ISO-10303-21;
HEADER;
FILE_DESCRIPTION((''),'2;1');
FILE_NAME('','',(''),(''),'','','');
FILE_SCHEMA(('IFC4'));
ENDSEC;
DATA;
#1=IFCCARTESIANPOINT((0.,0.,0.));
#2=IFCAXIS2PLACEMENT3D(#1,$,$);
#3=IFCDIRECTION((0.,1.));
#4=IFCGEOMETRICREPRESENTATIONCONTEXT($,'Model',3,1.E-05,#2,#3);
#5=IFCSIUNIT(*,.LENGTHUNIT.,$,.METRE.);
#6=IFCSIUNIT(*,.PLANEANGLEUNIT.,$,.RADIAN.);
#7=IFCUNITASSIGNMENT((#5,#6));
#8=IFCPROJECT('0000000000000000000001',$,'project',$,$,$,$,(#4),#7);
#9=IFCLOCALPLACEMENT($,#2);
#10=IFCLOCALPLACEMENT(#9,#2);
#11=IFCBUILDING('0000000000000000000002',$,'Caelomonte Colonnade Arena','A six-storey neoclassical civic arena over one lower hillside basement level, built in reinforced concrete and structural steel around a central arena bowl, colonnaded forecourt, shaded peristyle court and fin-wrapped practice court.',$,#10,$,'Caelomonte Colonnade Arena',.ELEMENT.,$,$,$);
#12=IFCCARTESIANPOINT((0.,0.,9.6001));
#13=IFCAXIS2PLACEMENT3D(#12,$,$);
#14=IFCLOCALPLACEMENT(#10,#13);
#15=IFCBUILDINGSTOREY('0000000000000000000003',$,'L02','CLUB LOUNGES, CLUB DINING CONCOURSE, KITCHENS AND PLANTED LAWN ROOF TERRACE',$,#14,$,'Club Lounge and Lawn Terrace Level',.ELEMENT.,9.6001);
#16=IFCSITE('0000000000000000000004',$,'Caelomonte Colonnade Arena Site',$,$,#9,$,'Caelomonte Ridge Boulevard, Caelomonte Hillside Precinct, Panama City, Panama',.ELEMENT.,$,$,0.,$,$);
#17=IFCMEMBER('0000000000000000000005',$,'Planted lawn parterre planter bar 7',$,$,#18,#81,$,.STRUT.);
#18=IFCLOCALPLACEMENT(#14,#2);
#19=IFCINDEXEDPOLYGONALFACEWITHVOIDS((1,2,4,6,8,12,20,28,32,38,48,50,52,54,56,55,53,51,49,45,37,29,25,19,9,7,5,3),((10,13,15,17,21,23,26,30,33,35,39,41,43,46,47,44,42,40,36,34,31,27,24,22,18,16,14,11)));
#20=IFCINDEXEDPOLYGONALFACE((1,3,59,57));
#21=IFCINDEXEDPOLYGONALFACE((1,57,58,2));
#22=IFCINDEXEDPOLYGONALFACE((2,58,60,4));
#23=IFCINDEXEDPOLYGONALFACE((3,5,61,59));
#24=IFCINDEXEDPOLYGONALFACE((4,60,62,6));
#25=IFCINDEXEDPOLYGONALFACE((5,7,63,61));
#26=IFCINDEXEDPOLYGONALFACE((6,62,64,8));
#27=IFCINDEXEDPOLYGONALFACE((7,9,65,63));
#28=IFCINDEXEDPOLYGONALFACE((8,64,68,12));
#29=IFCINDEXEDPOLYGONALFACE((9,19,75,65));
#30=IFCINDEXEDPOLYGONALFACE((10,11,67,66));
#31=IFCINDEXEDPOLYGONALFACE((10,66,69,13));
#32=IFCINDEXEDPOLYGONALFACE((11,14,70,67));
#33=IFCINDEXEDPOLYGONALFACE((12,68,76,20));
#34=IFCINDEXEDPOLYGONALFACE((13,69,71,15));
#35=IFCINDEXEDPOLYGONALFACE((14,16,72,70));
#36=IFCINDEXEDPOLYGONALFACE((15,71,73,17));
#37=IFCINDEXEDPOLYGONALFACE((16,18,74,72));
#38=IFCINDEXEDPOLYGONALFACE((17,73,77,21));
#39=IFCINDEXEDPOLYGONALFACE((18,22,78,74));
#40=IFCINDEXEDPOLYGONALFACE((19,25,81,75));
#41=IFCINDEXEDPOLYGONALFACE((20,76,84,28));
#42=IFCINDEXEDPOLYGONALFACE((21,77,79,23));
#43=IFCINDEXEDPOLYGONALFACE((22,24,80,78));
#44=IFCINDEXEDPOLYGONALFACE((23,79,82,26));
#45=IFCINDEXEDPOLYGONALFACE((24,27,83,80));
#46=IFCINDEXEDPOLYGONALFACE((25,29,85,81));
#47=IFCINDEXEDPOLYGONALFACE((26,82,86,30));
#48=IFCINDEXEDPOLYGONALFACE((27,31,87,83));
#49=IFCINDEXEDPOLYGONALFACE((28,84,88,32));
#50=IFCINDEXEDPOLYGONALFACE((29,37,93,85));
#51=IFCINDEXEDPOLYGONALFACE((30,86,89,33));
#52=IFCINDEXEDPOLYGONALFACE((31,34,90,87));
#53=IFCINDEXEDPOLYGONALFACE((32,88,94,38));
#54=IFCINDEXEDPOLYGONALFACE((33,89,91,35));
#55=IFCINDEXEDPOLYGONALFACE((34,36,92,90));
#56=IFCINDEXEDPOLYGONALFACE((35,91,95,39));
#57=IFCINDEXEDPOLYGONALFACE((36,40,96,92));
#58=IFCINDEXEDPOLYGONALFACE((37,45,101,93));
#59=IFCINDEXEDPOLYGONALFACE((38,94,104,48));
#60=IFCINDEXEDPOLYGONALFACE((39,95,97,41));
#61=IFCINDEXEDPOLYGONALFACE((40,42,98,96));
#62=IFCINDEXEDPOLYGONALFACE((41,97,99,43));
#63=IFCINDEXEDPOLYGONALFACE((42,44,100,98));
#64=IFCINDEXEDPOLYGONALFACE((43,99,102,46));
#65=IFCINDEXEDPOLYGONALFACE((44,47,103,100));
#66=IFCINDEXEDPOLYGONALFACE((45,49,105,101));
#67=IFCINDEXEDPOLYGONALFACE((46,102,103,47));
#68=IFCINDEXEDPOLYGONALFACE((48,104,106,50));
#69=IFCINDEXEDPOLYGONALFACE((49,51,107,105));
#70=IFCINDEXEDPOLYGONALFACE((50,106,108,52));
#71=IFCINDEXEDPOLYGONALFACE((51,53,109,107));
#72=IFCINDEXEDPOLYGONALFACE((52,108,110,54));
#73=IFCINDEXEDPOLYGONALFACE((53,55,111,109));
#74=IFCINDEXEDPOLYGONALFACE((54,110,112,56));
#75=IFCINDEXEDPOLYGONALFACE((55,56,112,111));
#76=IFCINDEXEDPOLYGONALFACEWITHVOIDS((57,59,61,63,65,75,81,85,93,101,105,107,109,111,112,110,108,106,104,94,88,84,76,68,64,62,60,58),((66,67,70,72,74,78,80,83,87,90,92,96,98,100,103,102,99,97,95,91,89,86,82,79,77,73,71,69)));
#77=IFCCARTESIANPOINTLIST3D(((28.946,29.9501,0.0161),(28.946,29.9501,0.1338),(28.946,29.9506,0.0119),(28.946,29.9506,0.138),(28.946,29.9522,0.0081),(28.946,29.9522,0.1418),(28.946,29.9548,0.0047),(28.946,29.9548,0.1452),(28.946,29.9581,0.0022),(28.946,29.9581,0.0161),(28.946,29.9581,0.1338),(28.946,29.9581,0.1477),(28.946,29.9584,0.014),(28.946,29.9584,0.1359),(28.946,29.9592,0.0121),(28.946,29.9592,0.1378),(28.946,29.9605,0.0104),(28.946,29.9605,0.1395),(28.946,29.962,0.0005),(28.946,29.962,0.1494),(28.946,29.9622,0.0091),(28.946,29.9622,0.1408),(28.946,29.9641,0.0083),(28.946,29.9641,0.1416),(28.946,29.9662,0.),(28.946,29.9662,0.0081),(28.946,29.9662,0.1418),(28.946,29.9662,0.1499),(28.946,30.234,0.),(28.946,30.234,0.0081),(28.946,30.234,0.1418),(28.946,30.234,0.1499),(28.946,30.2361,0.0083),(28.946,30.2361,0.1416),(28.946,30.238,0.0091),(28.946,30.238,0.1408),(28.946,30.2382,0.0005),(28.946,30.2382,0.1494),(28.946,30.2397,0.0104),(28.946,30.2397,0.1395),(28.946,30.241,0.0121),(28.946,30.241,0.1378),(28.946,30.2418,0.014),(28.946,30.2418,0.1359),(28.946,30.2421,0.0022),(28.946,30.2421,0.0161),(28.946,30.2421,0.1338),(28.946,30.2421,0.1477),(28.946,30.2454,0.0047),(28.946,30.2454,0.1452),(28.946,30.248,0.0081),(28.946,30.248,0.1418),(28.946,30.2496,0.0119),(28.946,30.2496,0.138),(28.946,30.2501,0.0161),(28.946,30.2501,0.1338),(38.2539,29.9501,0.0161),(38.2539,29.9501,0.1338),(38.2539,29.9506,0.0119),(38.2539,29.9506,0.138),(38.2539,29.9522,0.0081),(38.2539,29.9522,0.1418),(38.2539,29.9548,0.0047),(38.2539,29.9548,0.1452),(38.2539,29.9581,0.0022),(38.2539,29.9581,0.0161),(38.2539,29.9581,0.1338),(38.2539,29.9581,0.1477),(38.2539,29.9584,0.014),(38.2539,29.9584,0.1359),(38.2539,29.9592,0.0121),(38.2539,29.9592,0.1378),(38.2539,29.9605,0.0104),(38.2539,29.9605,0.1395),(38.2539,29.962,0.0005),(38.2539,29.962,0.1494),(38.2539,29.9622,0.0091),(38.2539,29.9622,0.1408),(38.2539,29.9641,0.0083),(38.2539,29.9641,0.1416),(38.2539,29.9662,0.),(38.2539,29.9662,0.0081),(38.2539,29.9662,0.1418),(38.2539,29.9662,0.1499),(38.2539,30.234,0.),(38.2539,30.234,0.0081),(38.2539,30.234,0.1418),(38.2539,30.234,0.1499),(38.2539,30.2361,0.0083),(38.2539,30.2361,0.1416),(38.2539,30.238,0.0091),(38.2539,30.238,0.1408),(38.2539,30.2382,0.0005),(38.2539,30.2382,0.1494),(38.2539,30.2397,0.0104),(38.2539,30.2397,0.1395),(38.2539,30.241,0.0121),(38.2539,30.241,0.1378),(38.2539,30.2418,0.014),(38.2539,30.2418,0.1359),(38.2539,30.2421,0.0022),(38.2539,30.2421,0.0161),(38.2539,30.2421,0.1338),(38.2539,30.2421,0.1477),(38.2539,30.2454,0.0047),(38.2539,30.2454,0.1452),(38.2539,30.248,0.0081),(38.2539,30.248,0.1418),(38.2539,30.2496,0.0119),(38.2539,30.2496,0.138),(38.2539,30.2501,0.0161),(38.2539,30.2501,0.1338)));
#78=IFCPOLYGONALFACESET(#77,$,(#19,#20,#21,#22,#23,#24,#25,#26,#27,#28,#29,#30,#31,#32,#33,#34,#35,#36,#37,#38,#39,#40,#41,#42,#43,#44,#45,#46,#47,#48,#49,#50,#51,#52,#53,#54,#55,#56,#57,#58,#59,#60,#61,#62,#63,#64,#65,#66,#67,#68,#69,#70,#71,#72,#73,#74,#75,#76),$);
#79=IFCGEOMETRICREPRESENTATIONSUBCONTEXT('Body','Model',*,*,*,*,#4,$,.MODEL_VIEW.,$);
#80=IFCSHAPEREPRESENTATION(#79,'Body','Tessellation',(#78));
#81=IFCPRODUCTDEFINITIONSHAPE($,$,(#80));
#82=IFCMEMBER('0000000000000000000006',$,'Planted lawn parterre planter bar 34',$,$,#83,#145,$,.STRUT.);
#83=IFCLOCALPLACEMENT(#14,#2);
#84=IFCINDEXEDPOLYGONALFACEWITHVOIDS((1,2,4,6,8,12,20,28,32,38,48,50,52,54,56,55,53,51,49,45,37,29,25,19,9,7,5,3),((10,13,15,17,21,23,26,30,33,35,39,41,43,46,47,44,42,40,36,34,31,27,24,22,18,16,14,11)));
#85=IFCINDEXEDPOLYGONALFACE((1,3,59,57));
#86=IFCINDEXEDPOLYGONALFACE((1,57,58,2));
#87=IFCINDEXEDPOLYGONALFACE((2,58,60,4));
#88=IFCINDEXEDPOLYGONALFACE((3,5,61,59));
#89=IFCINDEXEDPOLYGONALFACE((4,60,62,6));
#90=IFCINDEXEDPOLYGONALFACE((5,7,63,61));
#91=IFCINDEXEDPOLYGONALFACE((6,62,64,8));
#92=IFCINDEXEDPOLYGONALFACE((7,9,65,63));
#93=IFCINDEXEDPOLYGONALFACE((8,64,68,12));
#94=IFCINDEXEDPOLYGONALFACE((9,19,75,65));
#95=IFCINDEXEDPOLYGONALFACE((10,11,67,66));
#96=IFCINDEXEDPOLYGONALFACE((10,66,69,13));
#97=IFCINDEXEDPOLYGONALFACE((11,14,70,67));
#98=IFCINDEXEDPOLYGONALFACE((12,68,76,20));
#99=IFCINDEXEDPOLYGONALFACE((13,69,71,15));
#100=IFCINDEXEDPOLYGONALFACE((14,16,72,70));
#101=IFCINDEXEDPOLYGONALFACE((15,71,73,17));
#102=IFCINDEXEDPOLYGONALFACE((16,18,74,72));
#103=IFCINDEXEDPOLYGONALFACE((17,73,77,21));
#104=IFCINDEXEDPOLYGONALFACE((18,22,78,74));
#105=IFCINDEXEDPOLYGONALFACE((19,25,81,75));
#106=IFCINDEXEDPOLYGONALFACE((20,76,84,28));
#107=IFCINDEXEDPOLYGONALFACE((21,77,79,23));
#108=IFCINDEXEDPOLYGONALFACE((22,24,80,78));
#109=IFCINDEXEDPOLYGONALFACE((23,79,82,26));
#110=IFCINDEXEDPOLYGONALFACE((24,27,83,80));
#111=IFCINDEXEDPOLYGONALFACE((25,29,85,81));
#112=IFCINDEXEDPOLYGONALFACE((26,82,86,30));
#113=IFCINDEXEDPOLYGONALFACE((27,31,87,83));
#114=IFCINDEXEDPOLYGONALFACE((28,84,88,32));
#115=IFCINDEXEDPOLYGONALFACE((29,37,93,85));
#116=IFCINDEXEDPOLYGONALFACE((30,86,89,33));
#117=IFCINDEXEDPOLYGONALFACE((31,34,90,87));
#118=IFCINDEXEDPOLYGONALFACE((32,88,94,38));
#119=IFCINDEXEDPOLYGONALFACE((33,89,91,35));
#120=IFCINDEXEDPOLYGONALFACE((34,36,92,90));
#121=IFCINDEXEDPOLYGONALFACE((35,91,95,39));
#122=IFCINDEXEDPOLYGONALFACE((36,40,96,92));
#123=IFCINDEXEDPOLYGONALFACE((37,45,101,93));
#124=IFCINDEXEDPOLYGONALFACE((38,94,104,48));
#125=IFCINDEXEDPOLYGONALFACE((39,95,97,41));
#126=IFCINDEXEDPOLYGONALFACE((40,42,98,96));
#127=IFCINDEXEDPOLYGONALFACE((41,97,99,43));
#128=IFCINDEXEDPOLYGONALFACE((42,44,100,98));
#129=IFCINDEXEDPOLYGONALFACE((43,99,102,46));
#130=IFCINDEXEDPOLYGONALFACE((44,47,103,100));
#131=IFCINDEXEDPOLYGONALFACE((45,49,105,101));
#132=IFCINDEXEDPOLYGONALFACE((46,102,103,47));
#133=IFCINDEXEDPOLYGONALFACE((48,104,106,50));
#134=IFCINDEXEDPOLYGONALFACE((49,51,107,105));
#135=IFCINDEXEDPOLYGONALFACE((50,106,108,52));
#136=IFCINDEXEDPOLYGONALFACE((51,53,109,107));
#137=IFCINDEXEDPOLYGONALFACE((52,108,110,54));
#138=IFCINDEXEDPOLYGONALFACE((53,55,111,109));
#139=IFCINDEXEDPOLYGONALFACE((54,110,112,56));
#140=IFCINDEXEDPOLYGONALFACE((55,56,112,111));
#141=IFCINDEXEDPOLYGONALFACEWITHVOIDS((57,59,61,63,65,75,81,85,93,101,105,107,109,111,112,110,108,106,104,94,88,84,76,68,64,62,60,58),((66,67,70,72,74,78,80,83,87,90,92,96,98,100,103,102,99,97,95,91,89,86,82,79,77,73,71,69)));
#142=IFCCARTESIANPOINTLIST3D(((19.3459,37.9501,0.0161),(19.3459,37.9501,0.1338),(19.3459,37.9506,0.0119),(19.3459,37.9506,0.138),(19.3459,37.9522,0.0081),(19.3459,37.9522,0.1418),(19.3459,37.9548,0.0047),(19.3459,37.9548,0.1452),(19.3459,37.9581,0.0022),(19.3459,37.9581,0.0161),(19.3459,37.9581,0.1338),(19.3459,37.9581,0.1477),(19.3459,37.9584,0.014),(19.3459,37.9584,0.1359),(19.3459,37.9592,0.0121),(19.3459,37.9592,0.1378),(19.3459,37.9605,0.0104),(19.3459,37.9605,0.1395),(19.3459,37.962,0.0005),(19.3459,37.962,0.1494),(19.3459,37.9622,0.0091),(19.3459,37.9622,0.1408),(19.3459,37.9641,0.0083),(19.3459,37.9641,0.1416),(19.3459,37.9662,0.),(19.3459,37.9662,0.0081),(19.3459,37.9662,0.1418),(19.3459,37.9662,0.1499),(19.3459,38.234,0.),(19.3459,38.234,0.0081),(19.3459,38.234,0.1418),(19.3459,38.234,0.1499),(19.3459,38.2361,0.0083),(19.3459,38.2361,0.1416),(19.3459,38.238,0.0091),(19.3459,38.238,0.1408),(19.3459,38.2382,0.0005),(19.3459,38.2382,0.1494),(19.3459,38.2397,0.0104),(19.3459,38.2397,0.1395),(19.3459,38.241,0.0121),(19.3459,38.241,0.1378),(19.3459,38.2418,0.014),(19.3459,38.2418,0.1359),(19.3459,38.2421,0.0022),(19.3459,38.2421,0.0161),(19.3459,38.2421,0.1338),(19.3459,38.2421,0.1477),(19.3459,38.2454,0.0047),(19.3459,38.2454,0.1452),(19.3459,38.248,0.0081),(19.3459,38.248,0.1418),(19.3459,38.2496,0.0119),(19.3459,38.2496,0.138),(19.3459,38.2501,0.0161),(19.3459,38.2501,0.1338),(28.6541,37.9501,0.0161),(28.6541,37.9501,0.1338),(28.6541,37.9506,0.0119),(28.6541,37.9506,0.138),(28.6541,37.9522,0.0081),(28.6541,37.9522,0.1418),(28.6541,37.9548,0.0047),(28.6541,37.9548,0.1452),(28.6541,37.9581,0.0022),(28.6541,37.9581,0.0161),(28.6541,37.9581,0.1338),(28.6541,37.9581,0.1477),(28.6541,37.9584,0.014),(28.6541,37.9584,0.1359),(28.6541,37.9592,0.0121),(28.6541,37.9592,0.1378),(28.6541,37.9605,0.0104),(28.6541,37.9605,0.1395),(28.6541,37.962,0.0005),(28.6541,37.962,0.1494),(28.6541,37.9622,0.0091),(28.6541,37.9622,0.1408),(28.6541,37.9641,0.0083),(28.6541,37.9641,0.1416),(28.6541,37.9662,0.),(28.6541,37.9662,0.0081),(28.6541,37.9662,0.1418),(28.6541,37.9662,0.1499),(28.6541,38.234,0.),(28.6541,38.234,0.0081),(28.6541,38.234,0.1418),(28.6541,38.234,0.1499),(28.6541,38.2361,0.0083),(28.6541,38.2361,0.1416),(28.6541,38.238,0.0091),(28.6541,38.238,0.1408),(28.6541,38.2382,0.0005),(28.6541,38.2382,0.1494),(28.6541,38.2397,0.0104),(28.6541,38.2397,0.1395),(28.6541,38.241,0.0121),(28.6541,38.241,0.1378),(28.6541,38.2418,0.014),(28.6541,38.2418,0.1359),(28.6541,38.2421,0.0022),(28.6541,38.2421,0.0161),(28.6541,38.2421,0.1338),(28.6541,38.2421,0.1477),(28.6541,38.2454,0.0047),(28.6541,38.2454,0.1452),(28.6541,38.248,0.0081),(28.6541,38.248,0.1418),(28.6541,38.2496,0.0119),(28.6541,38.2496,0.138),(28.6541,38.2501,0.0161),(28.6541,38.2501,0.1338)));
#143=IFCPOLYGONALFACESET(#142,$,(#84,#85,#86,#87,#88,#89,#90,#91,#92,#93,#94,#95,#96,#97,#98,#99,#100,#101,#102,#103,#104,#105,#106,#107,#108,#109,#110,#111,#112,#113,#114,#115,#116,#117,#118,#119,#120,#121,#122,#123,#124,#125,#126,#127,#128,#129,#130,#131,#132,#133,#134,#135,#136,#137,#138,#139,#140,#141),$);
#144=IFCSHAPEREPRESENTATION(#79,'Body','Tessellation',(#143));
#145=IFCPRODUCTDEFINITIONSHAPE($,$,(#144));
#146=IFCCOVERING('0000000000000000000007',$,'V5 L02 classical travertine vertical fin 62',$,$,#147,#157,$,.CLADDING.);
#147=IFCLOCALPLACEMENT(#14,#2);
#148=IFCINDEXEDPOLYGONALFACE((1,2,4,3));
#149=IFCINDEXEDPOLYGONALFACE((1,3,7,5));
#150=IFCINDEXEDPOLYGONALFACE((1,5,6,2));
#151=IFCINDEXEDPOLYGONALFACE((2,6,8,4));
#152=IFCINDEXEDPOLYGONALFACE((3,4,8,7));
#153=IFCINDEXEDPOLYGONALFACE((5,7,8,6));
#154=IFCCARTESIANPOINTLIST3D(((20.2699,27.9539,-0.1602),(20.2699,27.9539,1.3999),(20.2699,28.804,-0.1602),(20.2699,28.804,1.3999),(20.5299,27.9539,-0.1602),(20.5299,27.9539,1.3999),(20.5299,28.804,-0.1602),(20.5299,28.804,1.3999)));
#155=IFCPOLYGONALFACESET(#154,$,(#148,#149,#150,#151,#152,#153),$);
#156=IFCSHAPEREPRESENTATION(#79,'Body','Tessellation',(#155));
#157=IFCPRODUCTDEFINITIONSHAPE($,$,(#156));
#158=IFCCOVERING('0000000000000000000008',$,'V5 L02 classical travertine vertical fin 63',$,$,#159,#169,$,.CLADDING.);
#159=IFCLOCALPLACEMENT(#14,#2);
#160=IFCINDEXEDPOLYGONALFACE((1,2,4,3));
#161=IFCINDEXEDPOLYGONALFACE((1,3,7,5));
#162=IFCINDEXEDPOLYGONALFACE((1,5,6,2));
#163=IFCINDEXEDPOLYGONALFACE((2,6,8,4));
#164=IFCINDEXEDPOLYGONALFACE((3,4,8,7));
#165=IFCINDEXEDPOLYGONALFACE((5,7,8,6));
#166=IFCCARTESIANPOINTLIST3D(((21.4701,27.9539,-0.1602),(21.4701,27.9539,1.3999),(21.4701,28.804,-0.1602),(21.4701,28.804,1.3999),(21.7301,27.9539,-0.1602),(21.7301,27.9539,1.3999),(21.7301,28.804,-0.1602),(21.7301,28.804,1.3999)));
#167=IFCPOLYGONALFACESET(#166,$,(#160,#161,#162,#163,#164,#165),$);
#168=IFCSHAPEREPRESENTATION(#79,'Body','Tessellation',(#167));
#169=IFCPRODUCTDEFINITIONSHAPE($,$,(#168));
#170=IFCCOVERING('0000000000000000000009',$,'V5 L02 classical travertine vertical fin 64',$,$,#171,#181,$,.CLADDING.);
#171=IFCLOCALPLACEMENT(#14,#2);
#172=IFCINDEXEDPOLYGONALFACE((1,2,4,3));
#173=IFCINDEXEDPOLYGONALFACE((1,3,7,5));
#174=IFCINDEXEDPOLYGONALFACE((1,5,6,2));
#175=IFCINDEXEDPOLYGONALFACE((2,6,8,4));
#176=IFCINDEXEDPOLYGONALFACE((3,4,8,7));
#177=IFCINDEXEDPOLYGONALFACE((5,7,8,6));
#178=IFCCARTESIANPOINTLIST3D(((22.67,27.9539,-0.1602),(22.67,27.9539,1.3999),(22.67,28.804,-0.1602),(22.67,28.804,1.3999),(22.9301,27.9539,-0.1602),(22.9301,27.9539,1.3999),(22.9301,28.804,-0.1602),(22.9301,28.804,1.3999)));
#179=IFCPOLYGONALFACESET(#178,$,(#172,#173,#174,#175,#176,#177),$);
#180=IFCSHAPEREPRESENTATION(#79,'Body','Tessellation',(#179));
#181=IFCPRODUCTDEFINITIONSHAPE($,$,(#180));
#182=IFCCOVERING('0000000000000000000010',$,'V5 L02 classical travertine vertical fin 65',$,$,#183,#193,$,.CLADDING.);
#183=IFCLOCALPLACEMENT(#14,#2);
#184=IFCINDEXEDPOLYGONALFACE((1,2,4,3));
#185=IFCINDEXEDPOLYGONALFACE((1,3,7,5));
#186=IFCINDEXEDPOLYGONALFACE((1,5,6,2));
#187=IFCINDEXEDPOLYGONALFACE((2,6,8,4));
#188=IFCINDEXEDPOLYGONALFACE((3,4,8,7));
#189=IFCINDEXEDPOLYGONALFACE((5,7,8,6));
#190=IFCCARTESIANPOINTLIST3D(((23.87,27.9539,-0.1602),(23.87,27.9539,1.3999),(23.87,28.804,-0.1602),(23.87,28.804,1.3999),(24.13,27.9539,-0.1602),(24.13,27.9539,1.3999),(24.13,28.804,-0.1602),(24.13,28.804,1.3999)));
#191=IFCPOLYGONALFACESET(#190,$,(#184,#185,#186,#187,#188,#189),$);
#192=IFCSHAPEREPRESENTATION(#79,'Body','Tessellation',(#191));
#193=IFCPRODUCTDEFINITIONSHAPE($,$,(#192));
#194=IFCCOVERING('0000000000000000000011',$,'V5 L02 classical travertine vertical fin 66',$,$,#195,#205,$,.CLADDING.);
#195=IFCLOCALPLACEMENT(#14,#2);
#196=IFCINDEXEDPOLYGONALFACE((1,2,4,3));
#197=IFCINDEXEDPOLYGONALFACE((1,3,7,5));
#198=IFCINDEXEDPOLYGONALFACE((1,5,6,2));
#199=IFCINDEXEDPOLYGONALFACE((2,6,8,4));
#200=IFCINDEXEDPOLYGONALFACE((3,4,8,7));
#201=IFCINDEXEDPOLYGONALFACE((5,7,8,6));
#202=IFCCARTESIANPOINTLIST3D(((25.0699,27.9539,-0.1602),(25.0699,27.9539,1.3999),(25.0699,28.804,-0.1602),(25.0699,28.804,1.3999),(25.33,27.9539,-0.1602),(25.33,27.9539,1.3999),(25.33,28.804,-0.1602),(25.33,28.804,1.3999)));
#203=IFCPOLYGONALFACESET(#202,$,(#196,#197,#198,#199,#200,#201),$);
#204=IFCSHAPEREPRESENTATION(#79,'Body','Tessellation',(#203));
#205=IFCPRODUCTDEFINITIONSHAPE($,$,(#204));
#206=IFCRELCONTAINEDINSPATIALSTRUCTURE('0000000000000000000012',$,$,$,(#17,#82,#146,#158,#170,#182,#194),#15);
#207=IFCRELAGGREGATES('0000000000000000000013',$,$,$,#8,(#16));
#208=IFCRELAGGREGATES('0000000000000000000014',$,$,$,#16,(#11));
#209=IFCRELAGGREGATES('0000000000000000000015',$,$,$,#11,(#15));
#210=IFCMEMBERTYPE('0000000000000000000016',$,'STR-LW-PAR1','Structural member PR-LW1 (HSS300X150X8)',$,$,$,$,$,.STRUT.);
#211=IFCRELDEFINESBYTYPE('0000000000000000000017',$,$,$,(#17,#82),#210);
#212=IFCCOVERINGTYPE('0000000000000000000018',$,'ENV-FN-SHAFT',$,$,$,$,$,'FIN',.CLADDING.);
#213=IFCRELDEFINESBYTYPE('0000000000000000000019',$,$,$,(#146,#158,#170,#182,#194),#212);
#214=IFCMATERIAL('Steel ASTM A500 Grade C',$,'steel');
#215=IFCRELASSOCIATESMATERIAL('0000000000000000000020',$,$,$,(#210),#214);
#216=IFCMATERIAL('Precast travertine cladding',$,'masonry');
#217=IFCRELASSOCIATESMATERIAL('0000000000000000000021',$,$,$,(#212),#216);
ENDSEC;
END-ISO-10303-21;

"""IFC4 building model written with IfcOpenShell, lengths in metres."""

from ifc_helpers import new_model, si_unit, direction, frame, origin, origin_2d, place, context, subcontext, project, spatial, rectangle, hollow_rectangle, extrude, material, material_profile, profile_set, type_object, element, save


model = new_model("IFC4")

# Units and contexts
model_context = context("Model", 3, precision=1e-05, world=origin(), true_north=direction((0.0, 1.0)))
body_context = subcontext(model_context, "Body", "Model", "MODEL_VIEW")
ifc_project = project(units=[si_unit("LENGTHUNIT", "METRE"), si_unit("PLANEANGLEUNIT", "RADIAN")], contexts=[model_context])

# Site, building, storey
site_placement = place(None, origin())
site = spatial("IfcSite", under=ifc_project, at=site_placement, Name="Caelomonte Colonnade Arena Site", LongName="Caelomonte Ridge Boulevard, Caelomonte Hillside Precinct, Panama City, Panama", CompositionType="ELEMENT", RefElevation=0.0)
building_placement = place(site_placement, origin())
building = spatial("IfcBuilding", under=site, at=building_placement, Name="Caelomonte Colonnade Arena", Description="A six-storey neoclassical civic arena over one lower hillside basement level, built in reinforced concrete and structural steel around a central arena bowl, colonnaded forecourt, shaded peristyle court and fin-wrapped practice court.", LongName="Caelomonte Colonnade Arena", CompositionType="ELEMENT")
storey_placement = place(building_placement, frame((0.0, 0.0, 9.6001)))
storey = spatial("IfcBuildingStorey", under=building, at=storey_placement, Name="L02", Description="CLUB LOUNGES, CLUB DINING CONCOURSE, KITCHENS AND PLANTED LAWN ROOF TERRACE", LongName="Club Lounge and Lawn Terrace Level", CompositionType="ELEMENT", Elevation=9.6001)

# Members
ifc_material_1 = material(Name="Steel ASTM A500 Grade C", Category="steel")
ifc_material_profile_1 = material_profile(ifc_material_1, hollow_rectangle(XDim=0.3, YDim=0.1499, WallThickness=0.0081, InnerFilletRadius=0.0081, OuterFilletRadius=0.0161, at=origin_2d()), Name="HSS300X150X8")
ifc_profile_set_1 = profile_set([ifc_material_profile_1], Name="Steel ASTM A500 Grade C")
member_type = type_object("IfcMemberType", Name="STR-LW-PAR1", Description="Structural member PR-LW1 (HSS300X150X8)", PredefinedType="STRUT", material=ifc_profile_set_1)
for number, where, z_axis, x_axis, name in (
    (1, (28.946, 30.1001, 0.075), (1.0, 0.0, 0.0), (0.0, 1.0, 0.0), "Planted lawn parterre planter bar 7"),
):
    element("IfcMember", number, at=place(storey_placement, frame(where, z_axis=z_axis, x_axis=x_axis)), inside=storey, type_object=member_type, Name=name, PredefinedType="STRUT", context=body_context, shape_type="SweptSolid", body=[
        extrude(hollow_rectangle(XDim=0.3, YDim=0.1499, WallThickness=0.0081, InnerFilletRadius=0.0081, OuterFilletRadius=0.0161, at=origin_2d()), origin(), (0.0, 0.0, 1.0), 9.3079),
    ])
member_1_placement = place(storey_placement, frame((19.3459, 38.1001, 0.075), z_axis=(1.0, 0.0, 0.0), x_axis=(0.0, 1.0, 0.0)))
element("IfcMember", 2, at=member_1_placement, inside=storey, type_object=member_type, Name="Planted lawn parterre planter bar 34", PredefinedType="STRUT", context=body_context, shape_type="SweptSolid", body=[
    extrude(hollow_rectangle(XDim=0.3, YDim=0.1499, WallThickness=0.0081, InnerFilletRadius=0.0081, OuterFilletRadius=0.0161, at=origin_2d()), origin(), (0.0, 0.0, 1.0), 9.3081),
])

# Coverings
ifc_material_2 = material(Name="Precast travertine cladding", Category="masonry")
ifc_material_profile_2 = material_profile(ifc_material_2, rectangle(XDim=0.26, YDim=0.8501, at=origin_2d()), Name="FIN260X850")
ifc_profile_set_2 = profile_set([ifc_material_profile_2], Name="Precast travertine cladding")
covering_type = type_object("IfcCoveringType", Name="ENV-FN-SHAFT", ElementType="FIN", PredefinedType="CLADDING", material=ifc_profile_set_2)
for number, where, z_axis, x_axis, name in (
    (3, (20.3999, 28.3789, -0.1602), (0.0, 0.0, 1.0), (-1.0, 0.0, 0.0), "V5 L02 classical travertine vertical fin 62"),
    (4, (21.6001, 28.3789, -0.1602), (0.0, 0.0, 1.0), (-1.0, 0.0, 0.0), "V5 L02 classical travertine vertical fin 63"),
    (5, (22.8, 28.3789, -0.1602), (0.0, 0.0, 1.0), (-1.0, 0.0, 0.0), "V5 L02 classical travertine vertical fin 64"),
    (6, (24.0, 28.3789, -0.1602), (0.0, 0.0, 1.0), (-1.0, 0.0, 0.0), "V5 L02 classical travertine vertical fin 65"),
    (7, (25.2, 28.3789, -0.1602), (0.0, 0.0, 1.0), (-1.0, 0.0, 0.0), "V5 L02 classical travertine vertical fin 66"),
):
    element("IfcCovering", number, at=place(storey_placement, frame(where, z_axis=z_axis, x_axis=x_axis)), inside=storey, type_object=covering_type, Name=name, PredefinedType="CLADDING", context=body_context, shape_type="SweptSolid", body=[
        extrude(rectangle(XDim=0.26, YDim=0.8501, at=origin_2d()), origin(), (0.0, 0.0, 1.0), 1.5601),
    ])

save(model, "model.ifc")
